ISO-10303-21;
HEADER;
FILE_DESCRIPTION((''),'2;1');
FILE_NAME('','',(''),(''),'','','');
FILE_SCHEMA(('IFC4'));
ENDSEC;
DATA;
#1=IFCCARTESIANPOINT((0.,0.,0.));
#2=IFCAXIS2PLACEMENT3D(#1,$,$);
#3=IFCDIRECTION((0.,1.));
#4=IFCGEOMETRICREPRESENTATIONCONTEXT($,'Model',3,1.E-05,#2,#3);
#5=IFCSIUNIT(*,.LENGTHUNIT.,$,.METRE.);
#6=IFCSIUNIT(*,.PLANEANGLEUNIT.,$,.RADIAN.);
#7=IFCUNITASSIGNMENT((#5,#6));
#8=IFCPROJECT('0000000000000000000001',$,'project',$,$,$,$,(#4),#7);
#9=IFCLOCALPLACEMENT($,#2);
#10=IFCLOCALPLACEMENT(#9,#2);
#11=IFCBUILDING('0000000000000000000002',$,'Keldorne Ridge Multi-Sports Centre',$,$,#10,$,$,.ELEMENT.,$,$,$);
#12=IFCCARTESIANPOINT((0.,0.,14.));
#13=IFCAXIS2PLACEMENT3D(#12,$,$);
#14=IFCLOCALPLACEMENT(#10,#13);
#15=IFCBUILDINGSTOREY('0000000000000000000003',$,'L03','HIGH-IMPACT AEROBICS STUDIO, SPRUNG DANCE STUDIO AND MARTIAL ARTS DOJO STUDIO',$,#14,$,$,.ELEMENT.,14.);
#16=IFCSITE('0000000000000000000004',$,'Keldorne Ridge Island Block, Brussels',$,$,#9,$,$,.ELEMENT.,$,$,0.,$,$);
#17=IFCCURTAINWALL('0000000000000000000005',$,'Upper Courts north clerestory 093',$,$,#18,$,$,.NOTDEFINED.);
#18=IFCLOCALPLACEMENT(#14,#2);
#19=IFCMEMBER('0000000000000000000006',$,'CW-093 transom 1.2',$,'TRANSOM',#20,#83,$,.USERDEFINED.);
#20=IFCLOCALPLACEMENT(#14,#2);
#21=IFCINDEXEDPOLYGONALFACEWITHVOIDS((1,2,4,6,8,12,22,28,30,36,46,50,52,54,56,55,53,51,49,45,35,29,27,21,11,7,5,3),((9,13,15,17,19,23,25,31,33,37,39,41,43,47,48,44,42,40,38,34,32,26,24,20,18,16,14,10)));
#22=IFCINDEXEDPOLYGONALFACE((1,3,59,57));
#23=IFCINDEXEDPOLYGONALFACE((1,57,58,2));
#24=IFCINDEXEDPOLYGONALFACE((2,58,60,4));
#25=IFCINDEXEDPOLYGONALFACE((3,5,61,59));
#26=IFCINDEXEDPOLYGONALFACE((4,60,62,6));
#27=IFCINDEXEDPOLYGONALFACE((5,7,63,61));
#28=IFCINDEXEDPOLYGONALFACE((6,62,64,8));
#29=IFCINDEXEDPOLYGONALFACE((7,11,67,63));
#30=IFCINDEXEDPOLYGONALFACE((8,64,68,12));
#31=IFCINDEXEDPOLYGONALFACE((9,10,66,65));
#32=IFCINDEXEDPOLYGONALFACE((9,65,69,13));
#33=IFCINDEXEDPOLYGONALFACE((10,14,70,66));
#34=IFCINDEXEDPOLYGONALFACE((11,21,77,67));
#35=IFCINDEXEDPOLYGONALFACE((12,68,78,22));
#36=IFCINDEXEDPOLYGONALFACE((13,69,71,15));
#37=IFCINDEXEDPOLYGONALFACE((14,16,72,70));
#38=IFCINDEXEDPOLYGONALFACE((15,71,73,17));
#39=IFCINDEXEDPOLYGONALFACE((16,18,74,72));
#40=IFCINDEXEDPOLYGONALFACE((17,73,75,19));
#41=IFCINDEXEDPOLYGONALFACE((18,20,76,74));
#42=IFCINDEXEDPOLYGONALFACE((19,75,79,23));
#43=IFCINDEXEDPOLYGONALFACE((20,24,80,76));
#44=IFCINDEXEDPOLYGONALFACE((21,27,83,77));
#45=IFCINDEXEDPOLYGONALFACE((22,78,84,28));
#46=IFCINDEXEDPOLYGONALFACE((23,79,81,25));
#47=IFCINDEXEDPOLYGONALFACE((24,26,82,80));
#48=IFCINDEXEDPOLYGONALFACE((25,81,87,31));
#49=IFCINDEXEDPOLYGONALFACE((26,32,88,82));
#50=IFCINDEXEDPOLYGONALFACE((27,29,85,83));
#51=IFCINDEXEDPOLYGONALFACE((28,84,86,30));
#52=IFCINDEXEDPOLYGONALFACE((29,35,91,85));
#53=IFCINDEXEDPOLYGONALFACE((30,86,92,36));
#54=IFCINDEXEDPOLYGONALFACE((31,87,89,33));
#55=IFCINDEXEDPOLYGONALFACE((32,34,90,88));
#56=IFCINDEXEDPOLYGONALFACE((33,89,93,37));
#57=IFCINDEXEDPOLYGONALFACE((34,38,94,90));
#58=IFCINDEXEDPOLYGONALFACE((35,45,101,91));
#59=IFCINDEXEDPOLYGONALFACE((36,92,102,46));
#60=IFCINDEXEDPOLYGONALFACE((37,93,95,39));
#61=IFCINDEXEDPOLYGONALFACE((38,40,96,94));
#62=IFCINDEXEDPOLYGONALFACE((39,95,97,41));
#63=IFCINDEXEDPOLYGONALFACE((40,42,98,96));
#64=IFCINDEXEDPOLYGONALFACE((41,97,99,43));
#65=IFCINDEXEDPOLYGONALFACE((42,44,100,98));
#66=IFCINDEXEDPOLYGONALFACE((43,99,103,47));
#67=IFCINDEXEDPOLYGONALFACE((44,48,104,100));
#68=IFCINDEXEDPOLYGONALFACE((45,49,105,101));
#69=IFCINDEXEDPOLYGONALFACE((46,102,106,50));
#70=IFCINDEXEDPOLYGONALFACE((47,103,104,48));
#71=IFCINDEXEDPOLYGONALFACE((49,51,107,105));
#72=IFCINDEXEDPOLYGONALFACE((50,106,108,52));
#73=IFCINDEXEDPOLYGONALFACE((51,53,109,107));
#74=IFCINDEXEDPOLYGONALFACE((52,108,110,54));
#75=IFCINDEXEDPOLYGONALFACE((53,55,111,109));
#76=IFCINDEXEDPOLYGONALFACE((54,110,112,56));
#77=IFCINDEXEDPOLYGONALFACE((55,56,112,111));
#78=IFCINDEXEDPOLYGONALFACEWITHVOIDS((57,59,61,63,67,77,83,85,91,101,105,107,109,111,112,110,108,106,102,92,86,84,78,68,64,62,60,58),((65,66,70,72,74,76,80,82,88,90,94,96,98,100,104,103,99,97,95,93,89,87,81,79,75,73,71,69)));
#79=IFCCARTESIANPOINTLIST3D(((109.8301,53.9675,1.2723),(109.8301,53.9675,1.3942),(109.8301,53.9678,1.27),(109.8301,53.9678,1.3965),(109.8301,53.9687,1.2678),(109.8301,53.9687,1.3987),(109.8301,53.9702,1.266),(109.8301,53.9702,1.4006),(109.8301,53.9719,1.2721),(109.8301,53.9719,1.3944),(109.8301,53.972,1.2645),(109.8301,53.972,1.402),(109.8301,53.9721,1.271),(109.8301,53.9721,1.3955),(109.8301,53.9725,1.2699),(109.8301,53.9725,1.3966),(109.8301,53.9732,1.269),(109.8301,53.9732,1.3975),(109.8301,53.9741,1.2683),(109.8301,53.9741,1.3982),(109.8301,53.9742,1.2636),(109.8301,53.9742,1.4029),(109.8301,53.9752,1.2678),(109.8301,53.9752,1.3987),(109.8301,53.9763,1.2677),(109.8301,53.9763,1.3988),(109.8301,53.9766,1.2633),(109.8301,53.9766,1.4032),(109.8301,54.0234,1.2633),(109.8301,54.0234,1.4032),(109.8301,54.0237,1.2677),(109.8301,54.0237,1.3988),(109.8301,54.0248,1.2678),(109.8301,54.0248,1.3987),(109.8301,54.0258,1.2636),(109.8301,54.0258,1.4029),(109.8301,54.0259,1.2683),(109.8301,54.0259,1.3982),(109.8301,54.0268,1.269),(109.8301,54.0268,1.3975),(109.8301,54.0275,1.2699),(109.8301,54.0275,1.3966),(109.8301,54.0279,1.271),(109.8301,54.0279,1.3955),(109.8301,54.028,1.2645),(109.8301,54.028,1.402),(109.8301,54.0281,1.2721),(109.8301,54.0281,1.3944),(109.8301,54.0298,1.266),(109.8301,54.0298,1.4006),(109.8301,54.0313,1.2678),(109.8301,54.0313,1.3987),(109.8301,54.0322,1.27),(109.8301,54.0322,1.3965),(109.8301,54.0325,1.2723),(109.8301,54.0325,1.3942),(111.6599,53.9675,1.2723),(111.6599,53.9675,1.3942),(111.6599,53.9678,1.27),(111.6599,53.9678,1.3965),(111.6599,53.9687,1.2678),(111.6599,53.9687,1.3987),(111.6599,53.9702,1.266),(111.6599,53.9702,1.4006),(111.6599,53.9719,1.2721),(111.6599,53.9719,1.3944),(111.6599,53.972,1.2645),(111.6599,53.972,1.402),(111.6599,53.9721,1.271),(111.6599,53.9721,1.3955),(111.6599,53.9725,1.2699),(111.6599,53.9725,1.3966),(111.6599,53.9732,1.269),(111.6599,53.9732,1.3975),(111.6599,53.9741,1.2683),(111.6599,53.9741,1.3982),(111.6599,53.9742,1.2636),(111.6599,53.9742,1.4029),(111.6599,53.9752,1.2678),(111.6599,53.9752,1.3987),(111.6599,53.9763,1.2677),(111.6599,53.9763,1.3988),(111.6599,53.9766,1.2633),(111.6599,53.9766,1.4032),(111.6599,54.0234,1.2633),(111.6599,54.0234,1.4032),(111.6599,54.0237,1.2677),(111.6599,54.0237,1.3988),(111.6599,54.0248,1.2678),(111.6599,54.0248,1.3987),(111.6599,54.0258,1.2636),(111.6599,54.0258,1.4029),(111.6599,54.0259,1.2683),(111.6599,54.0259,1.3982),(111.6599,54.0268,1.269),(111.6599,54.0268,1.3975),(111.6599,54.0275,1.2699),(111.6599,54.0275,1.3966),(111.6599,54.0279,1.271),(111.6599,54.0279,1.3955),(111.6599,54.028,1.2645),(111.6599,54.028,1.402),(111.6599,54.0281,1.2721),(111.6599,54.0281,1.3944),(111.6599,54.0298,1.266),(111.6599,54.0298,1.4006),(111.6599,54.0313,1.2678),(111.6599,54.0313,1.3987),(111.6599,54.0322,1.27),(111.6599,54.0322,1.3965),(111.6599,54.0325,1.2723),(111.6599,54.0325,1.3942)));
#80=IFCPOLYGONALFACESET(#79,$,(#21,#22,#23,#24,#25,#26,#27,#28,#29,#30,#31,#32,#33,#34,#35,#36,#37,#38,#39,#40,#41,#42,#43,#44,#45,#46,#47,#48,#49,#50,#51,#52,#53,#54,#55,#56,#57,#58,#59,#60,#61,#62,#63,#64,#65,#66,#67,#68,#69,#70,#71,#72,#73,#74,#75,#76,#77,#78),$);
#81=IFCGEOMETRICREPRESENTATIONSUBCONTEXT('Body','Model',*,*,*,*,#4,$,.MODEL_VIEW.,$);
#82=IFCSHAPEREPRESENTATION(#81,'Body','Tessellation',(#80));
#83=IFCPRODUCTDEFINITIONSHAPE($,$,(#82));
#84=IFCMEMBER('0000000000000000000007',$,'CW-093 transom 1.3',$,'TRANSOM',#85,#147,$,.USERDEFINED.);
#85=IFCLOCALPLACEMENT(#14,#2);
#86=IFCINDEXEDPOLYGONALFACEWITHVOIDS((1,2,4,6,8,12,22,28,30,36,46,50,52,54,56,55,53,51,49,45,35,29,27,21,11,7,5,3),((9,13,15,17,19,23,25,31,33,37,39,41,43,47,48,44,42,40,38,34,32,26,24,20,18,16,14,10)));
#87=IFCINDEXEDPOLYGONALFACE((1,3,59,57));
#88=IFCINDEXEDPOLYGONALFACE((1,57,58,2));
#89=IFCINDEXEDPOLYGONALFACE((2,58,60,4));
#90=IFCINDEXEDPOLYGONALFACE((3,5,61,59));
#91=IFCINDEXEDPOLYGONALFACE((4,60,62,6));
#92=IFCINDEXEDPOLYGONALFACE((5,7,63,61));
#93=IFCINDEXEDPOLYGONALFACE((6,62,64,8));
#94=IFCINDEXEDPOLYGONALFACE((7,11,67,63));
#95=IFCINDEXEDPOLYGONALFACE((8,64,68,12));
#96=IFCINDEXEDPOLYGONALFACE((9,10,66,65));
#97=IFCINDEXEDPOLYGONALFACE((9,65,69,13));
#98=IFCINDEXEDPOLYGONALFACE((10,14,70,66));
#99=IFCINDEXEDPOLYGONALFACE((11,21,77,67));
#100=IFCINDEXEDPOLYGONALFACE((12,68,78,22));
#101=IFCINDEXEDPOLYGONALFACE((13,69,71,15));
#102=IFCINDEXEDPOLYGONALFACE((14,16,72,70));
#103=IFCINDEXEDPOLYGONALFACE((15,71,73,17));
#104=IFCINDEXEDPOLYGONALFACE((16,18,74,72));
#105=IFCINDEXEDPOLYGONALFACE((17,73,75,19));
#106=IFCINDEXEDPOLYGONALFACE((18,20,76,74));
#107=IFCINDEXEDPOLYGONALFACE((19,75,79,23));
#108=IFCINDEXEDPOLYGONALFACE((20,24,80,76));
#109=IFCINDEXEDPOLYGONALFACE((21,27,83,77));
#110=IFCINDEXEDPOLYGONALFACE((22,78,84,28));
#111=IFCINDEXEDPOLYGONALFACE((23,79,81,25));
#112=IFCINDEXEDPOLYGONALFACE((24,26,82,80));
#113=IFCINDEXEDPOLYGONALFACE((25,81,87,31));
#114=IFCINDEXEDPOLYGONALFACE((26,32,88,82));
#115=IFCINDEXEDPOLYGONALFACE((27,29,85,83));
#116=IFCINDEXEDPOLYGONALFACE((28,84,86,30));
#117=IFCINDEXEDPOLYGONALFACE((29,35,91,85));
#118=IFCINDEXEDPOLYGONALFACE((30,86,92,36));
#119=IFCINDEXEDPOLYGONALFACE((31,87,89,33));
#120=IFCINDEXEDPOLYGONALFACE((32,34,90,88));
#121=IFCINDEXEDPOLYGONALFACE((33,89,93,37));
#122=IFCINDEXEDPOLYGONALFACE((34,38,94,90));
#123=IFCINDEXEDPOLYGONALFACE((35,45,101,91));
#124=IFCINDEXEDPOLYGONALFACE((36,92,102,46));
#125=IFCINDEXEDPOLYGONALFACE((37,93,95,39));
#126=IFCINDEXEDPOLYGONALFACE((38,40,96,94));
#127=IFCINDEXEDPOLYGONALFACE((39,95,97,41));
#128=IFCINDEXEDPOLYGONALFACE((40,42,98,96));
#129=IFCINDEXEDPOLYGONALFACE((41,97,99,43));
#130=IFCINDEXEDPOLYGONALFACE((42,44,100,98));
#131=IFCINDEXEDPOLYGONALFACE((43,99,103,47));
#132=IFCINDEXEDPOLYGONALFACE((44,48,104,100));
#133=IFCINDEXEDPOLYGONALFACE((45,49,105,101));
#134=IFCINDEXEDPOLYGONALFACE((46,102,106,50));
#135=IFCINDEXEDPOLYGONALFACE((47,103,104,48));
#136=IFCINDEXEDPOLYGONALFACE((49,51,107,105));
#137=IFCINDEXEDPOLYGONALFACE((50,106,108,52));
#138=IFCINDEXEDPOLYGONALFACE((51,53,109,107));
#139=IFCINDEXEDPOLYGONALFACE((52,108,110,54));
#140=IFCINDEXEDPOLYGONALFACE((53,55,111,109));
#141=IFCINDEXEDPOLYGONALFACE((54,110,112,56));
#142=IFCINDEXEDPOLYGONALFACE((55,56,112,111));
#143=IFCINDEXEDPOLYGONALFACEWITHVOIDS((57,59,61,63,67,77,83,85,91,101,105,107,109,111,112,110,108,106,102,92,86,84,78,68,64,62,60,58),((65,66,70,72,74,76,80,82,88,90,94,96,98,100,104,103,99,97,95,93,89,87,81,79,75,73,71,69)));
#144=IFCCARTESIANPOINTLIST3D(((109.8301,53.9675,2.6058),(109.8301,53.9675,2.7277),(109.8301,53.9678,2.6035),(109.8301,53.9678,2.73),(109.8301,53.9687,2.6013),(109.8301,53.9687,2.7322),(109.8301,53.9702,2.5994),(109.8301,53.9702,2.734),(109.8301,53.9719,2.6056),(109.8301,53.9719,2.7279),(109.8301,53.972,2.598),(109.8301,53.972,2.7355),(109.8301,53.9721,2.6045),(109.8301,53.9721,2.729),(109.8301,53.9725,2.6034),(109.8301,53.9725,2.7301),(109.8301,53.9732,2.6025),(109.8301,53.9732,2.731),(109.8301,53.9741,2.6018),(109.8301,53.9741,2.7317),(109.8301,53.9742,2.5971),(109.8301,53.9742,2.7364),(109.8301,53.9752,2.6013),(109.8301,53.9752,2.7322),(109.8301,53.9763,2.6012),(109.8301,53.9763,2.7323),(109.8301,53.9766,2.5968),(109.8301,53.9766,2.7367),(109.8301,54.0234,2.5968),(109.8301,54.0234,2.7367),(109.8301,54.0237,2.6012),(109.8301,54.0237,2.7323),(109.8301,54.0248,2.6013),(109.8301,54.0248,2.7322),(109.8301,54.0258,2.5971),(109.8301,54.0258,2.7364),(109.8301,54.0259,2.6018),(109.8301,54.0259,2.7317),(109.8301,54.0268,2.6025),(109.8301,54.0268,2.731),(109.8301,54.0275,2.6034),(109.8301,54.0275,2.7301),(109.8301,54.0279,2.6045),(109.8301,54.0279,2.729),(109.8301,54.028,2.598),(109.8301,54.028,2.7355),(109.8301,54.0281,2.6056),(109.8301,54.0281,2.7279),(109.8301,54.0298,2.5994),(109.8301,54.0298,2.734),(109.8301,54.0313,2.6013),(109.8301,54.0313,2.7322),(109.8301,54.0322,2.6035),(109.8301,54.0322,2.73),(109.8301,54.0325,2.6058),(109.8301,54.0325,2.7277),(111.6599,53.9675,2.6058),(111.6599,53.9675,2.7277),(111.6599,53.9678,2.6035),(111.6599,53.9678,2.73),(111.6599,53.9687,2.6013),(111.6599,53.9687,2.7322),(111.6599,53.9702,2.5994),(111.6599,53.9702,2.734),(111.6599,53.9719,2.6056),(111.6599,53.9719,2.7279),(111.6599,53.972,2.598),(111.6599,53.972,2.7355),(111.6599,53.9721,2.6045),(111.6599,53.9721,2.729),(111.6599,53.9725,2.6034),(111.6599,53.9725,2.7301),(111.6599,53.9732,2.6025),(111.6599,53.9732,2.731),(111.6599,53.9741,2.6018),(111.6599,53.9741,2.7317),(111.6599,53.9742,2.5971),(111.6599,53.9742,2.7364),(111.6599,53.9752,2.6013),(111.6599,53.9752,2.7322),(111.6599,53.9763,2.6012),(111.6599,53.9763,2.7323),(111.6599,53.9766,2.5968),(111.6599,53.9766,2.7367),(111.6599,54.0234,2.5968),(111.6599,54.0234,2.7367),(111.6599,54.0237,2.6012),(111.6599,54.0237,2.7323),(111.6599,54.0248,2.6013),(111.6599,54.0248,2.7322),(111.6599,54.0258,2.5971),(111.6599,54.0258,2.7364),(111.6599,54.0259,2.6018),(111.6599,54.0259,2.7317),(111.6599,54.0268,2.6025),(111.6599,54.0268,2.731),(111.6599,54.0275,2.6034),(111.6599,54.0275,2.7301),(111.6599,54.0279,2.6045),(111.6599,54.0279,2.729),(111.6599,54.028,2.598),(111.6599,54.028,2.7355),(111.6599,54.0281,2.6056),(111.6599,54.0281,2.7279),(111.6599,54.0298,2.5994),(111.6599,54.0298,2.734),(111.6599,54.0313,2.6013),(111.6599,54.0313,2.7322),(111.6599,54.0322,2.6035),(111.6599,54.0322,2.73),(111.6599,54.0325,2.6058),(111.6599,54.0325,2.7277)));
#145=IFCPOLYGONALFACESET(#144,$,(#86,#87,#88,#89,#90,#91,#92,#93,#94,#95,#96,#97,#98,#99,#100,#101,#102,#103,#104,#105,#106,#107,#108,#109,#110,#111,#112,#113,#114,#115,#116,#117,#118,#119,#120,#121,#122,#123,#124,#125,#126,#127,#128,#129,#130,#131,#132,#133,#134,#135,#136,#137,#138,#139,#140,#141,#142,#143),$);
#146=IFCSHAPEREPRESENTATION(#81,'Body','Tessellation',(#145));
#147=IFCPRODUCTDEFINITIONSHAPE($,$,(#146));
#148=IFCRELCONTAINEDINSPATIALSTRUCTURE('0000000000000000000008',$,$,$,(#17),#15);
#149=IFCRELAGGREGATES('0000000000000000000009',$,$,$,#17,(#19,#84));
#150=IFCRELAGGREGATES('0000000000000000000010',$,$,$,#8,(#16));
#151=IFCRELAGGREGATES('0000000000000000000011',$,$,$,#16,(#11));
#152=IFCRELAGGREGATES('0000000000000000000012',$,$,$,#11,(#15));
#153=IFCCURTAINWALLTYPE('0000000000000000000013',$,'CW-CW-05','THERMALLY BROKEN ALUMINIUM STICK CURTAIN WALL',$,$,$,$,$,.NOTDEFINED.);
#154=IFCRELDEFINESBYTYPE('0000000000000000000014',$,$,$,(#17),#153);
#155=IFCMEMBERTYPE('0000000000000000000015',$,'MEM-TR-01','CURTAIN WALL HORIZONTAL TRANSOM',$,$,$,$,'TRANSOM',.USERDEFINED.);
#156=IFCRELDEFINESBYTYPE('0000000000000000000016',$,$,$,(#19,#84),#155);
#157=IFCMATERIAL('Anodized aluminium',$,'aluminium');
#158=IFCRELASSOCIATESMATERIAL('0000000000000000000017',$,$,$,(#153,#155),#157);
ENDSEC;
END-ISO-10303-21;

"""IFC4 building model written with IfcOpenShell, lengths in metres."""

from ifc_helpers import new_model, si_unit, direction, frame, origin, origin_2d, place, context, subcontext, project, spatial, hollow_rectangle, extrude, material, material_profile, profile_set, type_object, element, aggregate, save


model = new_model("IFC4")

# Units and contexts
model_context = context("Model", 3, precision=1e-05, world=origin(), true_north=direction((0.0, 1.0)))
body_context = subcontext(model_context, "Body", "Model", "MODEL_VIEW")
ifc_project = project(units=[si_unit("LENGTHUNIT", "METRE"), si_unit("PLANEANGLEUNIT", "RADIAN")], contexts=[model_context])

# Site, building, storey
site_placement = place(None, origin())
site = spatial("IfcSite", under=ifc_project, at=site_placement, Name="Keldorne Ridge Island Block, Brussels", CompositionType="ELEMENT", RefElevation=0.0)
building_placement = place(site_placement, origin())
building = spatial("IfcBuilding", under=site, at=building_placement, Name="Keldorne Ridge Multi-Sports Centre", CompositionType="ELEMENT")
storey_placement = place(building_placement, frame((0.0, 0.0, 14.0)))
storey = spatial("IfcBuildingStorey", under=building, at=storey_placement, Name="L03", Description="HIGH-IMPACT AEROBICS STUDIO, SPRUNG DANCE STUDIO AND MARTIAL ARTS DOJO STUDIO", CompositionType="ELEMENT", Elevation=14.0)

# Curtain wall
ifc_material_1 = material(Name="Anodized aluminium", Category="aluminium")
curtain_wall_type_1 = type_object("IfcCurtainWallType", Name="CW-CW-05", Description="THERMALLY BROKEN ALUMINIUM STICK CURTAIN WALL", PredefinedType="NOTDEFINED", material=ifc_material_1)
curtain_wall_1_placement = place(storey_placement, origin())
curtain_wall_1 = element("IfcCurtainWall", 1, at=curtain_wall_1_placement, inside=storey, type_object=curtain_wall_type_1, Name="Upper Courts north clerestory 093", PredefinedType="NOTDEFINED")

# Members
ifc_material_profile_1 = material_profile(ifc_material_1, hollow_rectangle(XDim=0.0649, YDim=0.1399, WallThickness=0.0044, InnerFilletRadius=0.0044, OuterFilletRadius=0.009, at=origin_2d()), Name="ALU TRANSOM 140x65x4.5")
ifc_profile_set_1 = profile_set([ifc_material_profile_1], Name="Anodized aluminium")
member_type_1 = type_object("IfcMemberType", Name="MEM-TR-01", Description="CURTAIN WALL HORIZONTAL TRANSOM", ElementType="TRANSOM", PredefinedType="USERDEFINED", material=ifc_profile_set_1)
member_1_placement = place(storey_placement, frame((111.6599, 54.0, 1.3333), z_axis=(-1.0, 0.0, 0.0), x_axis=(0.0, -1.0, 0.0)))
member_1 = element("IfcMember", 2, at=member_1_placement, type_object=member_type_1, Name="CW-093 transom 1.2", ObjectType="TRANSOM", PredefinedType="USERDEFINED", context=body_context, shape_type="SweptSolid", body=[
    extrude(hollow_rectangle(XDim=0.0649, YDim=0.1399, WallThickness=0.0044, InnerFilletRadius=0.0044, OuterFilletRadius=0.009, at=origin_2d()), origin(), (0.0, 0.0, 1.0), 1.8298),
])
member_2_placement = place(storey_placement, frame((111.6599, 54.0, 2.6667), z_axis=(-1.0, 0.0, 0.0), x_axis=(0.0, -1.0, 0.0)))
member_2 = element("IfcMember", 3, at=member_2_placement, type_object=member_type_1, Name="CW-093 transom 1.3", ObjectType="TRANSOM", PredefinedType="USERDEFINED", context=body_context, shape_type="SweptSolid", body=[
    extrude(hollow_rectangle(XDim=0.0649, YDim=0.1399, WallThickness=0.0044, InnerFilletRadius=0.0044, OuterFilletRadius=0.009, at=origin_2d()), origin(), (0.0, 0.0, 1.0), 1.8298),
])

aggregate(curtain_wall_1, [member_1, member_2])

save(model, "model.ifc")
